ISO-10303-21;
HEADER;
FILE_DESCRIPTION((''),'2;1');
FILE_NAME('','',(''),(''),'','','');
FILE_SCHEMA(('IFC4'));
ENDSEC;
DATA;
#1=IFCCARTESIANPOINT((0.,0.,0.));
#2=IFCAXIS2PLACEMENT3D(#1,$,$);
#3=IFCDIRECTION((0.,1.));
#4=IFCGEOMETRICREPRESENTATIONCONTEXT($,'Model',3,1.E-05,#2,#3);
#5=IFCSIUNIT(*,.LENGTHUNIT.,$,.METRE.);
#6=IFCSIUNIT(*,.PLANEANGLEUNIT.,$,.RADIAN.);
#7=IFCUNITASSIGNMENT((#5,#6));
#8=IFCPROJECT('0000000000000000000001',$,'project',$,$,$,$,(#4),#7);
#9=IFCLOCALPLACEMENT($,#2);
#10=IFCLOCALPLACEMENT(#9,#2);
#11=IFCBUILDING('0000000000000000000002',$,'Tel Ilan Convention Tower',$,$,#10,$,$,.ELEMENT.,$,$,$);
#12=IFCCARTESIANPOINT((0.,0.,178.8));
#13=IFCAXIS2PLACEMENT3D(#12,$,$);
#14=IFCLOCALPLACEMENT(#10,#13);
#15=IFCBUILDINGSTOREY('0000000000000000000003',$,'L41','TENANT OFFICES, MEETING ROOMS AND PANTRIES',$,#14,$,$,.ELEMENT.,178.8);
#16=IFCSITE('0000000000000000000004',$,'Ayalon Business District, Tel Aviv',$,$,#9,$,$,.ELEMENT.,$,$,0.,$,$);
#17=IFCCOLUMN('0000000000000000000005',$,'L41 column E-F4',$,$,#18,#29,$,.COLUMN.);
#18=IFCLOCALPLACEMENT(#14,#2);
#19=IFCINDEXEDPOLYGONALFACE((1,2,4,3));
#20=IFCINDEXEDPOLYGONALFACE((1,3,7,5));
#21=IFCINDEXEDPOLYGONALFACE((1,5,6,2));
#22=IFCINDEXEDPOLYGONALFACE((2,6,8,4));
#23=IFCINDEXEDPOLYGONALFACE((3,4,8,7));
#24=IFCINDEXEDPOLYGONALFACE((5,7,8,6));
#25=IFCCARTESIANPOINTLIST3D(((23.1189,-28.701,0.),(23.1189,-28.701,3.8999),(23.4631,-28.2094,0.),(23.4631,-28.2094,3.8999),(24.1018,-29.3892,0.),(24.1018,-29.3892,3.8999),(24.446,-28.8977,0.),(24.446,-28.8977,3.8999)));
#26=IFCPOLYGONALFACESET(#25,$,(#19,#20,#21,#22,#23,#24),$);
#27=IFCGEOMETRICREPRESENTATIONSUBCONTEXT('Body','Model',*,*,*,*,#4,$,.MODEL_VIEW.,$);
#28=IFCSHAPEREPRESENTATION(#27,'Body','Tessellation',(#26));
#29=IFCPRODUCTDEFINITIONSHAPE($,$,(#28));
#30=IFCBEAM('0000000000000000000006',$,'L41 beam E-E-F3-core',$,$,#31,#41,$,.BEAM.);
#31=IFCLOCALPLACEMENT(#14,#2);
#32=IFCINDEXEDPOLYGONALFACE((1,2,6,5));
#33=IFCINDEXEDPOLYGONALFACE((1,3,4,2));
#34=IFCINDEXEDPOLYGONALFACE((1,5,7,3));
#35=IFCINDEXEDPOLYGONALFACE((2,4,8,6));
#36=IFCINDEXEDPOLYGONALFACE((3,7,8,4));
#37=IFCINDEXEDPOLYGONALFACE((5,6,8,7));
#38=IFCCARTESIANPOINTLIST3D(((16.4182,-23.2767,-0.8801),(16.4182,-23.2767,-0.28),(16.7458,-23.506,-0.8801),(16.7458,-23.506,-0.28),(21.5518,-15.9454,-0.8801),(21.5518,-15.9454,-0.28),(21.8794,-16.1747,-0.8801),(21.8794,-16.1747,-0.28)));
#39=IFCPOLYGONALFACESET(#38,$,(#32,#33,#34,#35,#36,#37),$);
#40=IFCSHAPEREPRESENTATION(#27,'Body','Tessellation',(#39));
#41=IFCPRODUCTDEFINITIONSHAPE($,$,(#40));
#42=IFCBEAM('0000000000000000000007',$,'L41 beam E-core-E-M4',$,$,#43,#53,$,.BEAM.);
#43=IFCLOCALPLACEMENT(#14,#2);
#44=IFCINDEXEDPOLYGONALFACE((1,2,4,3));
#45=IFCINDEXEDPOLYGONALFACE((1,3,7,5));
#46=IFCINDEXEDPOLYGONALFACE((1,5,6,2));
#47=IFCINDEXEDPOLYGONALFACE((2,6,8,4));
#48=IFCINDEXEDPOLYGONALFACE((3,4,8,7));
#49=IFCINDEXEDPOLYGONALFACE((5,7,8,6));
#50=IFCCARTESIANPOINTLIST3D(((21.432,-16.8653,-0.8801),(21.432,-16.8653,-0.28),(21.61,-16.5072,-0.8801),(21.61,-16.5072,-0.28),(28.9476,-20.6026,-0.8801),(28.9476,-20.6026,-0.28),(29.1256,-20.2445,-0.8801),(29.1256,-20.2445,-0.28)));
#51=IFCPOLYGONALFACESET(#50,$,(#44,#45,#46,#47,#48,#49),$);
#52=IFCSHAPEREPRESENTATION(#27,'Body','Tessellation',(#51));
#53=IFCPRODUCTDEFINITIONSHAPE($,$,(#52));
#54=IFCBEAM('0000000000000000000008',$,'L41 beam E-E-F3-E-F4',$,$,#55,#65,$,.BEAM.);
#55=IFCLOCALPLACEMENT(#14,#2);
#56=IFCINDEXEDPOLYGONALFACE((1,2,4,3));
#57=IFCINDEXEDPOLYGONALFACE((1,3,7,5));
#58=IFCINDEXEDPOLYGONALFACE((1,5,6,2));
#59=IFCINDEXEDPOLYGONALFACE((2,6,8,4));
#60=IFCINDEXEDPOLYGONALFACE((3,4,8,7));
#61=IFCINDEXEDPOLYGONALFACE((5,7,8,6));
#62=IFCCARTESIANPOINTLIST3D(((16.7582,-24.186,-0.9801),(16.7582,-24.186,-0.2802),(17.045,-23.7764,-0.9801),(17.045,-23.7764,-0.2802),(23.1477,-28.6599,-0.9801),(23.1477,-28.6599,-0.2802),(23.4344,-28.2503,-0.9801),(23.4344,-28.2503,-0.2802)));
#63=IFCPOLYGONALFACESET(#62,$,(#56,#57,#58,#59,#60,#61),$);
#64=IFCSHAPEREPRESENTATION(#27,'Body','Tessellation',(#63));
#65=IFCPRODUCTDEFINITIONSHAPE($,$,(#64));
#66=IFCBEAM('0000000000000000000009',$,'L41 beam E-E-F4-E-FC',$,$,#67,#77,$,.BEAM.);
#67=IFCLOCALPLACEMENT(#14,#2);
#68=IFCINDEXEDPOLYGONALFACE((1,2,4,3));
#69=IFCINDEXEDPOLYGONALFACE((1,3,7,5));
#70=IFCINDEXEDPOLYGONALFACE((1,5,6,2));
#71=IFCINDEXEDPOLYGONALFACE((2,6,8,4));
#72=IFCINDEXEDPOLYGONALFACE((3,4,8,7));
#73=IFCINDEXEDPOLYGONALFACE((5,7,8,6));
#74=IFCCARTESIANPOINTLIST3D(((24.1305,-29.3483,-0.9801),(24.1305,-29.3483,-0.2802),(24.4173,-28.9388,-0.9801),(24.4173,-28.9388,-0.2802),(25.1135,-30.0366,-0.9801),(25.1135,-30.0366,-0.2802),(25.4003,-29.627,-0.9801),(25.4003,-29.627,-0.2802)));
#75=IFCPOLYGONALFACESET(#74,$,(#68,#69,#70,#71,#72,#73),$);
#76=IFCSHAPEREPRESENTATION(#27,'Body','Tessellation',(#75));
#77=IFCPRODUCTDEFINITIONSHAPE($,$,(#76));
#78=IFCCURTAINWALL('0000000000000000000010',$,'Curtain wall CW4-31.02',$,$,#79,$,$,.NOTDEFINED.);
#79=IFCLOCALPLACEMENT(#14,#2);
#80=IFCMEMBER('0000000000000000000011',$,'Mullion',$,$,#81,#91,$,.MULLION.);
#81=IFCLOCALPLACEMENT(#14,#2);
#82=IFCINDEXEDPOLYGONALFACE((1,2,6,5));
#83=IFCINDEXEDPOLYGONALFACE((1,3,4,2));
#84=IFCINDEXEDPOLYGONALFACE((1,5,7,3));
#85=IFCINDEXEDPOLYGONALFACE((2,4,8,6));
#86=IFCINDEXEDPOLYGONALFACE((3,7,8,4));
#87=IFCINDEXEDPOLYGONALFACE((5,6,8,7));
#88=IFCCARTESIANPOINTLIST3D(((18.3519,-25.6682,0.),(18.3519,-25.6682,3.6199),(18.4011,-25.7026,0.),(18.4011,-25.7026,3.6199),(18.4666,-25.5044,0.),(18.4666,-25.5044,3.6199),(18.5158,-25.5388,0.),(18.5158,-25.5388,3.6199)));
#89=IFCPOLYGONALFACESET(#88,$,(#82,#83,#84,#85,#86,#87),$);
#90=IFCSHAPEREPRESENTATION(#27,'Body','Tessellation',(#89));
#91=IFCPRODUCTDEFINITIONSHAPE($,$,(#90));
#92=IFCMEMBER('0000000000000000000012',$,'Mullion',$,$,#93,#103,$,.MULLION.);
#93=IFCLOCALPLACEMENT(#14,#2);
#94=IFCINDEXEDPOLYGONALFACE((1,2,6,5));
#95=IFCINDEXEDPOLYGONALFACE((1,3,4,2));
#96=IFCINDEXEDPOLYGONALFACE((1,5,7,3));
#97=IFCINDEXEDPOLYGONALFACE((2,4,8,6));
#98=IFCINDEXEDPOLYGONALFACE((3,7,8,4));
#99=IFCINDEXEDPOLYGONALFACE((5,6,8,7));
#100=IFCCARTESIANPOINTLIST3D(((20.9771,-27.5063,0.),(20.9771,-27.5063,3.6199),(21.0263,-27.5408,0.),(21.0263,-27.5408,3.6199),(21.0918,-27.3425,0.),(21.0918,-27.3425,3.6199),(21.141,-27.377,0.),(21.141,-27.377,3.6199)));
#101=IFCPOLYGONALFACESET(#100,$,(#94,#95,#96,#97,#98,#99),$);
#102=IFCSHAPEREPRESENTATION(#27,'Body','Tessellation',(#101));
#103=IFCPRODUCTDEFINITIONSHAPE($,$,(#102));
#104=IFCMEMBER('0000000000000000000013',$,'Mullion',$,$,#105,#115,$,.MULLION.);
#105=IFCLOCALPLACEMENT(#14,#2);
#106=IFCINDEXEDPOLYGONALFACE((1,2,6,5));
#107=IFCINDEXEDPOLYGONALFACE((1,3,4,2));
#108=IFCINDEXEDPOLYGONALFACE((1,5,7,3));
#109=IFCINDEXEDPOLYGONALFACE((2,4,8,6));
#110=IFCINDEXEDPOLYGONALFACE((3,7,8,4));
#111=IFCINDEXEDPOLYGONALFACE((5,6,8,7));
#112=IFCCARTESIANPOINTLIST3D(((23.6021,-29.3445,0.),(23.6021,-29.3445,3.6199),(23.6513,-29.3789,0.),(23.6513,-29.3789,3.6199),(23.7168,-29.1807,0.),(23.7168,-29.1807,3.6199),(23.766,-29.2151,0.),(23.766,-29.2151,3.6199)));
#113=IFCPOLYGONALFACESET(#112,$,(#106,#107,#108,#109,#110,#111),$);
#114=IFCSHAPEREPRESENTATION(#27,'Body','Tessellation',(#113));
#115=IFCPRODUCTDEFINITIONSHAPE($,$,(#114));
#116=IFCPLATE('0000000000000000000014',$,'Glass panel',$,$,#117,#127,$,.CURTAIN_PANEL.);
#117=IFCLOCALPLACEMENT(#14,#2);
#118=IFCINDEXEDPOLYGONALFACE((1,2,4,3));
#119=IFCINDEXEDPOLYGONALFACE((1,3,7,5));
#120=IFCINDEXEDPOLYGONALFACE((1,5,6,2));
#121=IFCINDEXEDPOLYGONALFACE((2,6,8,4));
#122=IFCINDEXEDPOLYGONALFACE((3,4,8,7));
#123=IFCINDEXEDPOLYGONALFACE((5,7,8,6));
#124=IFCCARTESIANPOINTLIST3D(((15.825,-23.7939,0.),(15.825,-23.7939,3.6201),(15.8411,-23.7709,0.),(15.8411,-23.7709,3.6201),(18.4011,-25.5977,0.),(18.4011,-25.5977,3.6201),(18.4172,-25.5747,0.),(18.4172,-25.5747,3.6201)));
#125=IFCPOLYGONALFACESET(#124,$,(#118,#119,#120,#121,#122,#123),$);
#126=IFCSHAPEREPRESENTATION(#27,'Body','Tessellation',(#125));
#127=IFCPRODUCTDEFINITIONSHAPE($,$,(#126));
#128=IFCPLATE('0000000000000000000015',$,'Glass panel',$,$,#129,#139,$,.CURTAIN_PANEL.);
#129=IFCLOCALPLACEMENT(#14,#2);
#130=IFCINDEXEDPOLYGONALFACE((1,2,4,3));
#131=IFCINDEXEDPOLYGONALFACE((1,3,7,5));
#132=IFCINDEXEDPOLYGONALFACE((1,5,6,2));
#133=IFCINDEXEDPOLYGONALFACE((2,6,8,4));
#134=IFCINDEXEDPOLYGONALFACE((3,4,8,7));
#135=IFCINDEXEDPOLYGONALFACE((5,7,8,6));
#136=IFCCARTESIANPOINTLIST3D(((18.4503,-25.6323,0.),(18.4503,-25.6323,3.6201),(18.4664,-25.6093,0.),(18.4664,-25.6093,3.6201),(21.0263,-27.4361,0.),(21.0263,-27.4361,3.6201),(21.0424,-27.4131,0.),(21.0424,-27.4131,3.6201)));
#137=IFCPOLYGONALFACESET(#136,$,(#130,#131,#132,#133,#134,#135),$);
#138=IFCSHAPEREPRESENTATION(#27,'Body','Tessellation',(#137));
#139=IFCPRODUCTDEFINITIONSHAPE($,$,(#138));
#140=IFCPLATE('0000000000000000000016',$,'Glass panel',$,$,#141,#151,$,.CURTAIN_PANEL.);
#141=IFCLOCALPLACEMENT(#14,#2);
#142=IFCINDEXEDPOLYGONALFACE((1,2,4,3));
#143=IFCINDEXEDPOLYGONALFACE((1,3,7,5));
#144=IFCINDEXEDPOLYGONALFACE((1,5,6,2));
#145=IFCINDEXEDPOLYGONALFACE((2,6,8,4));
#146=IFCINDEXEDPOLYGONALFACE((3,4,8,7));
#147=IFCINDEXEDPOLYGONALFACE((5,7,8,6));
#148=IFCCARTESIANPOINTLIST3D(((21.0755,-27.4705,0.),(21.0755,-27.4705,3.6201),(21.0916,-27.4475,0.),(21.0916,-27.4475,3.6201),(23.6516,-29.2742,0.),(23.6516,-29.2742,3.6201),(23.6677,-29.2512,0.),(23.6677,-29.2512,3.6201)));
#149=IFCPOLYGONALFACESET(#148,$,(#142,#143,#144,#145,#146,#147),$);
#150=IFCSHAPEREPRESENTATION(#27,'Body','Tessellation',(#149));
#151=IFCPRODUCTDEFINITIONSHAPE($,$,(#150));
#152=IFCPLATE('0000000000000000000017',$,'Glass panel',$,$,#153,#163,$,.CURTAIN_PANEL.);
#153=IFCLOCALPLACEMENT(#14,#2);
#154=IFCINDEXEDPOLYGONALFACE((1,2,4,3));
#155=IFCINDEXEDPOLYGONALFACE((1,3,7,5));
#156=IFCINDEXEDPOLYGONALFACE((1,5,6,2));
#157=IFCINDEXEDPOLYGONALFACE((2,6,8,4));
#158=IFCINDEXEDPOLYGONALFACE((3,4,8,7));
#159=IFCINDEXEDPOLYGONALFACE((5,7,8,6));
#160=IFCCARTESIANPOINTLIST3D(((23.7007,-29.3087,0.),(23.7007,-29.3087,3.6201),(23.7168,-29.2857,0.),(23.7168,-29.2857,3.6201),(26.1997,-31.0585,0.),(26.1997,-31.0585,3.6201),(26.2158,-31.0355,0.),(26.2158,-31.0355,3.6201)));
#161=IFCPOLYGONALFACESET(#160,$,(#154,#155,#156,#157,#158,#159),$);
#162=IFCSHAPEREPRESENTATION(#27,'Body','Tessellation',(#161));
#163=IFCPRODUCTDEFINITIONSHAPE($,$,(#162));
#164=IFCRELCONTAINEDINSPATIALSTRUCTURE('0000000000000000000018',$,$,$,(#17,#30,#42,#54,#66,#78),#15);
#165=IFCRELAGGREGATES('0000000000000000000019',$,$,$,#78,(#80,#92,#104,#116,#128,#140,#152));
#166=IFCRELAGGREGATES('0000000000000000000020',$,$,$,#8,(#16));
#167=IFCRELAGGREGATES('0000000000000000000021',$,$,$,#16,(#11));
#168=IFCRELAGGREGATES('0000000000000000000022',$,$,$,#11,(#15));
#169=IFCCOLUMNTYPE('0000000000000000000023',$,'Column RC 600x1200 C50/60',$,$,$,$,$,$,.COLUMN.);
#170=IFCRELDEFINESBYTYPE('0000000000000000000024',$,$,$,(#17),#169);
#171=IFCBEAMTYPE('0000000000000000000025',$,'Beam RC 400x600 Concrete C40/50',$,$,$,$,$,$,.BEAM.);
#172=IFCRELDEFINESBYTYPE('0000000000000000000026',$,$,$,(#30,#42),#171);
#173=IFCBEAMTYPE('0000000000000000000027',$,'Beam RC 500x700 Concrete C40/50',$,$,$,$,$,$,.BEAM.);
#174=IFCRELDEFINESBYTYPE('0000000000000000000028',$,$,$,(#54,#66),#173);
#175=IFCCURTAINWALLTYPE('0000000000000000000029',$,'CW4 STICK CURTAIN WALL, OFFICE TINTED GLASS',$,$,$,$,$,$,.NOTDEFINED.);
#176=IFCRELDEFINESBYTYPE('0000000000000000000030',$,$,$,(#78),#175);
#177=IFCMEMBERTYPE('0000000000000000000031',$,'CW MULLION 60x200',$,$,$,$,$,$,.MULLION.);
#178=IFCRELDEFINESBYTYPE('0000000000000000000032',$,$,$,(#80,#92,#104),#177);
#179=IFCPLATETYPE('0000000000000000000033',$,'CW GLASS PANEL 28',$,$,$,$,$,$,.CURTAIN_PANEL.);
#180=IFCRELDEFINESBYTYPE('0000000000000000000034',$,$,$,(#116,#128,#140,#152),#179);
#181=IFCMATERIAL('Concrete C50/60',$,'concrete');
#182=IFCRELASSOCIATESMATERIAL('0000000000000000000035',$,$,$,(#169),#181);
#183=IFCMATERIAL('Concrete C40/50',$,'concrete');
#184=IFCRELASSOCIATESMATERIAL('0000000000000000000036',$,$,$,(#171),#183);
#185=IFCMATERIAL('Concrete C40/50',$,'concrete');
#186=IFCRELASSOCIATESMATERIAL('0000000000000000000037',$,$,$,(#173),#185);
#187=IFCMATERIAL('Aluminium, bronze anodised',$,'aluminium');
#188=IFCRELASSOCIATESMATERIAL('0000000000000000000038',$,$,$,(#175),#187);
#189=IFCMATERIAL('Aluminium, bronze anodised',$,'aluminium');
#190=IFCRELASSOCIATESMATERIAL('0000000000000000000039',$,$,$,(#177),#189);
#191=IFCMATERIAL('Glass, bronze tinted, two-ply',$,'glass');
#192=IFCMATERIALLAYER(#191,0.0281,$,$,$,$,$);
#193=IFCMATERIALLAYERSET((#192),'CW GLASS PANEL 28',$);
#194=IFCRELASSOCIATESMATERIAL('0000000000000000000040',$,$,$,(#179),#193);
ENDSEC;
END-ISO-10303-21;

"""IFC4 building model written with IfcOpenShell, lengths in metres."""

from ifc_helpers import new_model, si_unit, direction, frame, origin, origin_2d, place, context, subcontext, project, spatial, rectangle, extrude, material, layer, layer_set, material_profile, profile_set, type_object, element, aggregate, save


model = new_model("IFC4")

# Units and contexts
model_context = context("Model", 3, precision=1e-05, world=origin(), true_north=direction((0.0, 1.0)))
body_context = subcontext(model_context, "Body", "Model", "MODEL_VIEW")
ifc_project = project(units=[si_unit("LENGTHUNIT", "METRE"), si_unit("PLANEANGLEUNIT", "RADIAN")], contexts=[model_context])

# Site, building, storey
site_placement = place(None, origin())
site = spatial("IfcSite", under=ifc_project, at=site_placement, Name="Ayalon Business District, Tel Aviv", CompositionType="ELEMENT", RefElevation=0.0)
building_placement = place(site_placement, origin())
building = spatial("IfcBuilding", under=site, at=building_placement, Name="Tel Ilan Convention Tower", CompositionType="ELEMENT")
storey_placement = place(building_placement, frame((0.0, 0.0, 178.8)))
storey = spatial("IfcBuildingStorey", under=building, at=storey_placement, Name="L41", Description="TENANT OFFICES, MEETING ROOMS AND PANTRIES", CompositionType="ELEMENT", Elevation=178.8)

# Column
ifc_material_1 = material(Name="Concrete C50/60", Category="concrete")
ifc_material_profile_1 = material_profile(ifc_material_1, rectangle(XDim=1.2, YDim=0.6001, at=origin_2d()), Name="RC 600x1200")
ifc_profile_set_1 = profile_set([ifc_material_profile_1], Name="Concrete C50/60")
column_type = type_object("IfcColumnType", Name="Column RC 600x1200 C50/60", PredefinedType="COLUMN", material=ifc_profile_set_1)
column_placement = place(storey_placement, frame((23.7825, -28.7993, 0.0), z_axis=(0.0, 0.0, 1.0), x_axis=(0.819152, -0.573576, 0.0)))
element("IfcColumn", 1, at=column_placement, inside=storey, type_object=column_type, Name="L41 column E-F4", PredefinedType="COLUMN", context=body_context, shape_type="SweptSolid", body=[
    extrude(rectangle(XDim=1.2, YDim=0.6001, at=origin_2d()), origin(), (0.0, 0.0, 1.0), 3.8999),
])

# Beams
ifc_material_2 = material(Name="Concrete C40/50", Category="concrete")
ifc_material_profile_2 = material_profile(ifc_material_2, rectangle(XDim=0.3999, YDim=0.6001, at=origin_2d()), Name="RC 400x600")
ifc_profile_set_2 = profile_set([ifc_material_profile_2], Name="Concrete C40/50")
beam_type_1 = type_object("IfcBeamType", Name="Beam RC 400x600 Concrete C40/50", PredefinedType="BEAM", material=ifc_profile_set_2)
beam_1_placement = place(storey_placement, frame((16.582, -23.3914, -0.5801), z_axis=(0.573585, 0.819146, 0.0), x_axis=(-0.819146, 0.573585, 0.0)))
element("IfcBeam", 2, at=beam_1_placement, inside=storey, type_object=beam_type_1, Name="L41 beam E-E-F3-core", PredefinedType="BEAM", context=body_context, shape_type="SweptSolid", body=[
    extrude(rectangle(XDim=0.3999, YDim=0.6001, at=origin_2d()), origin(), (0.0, 0.0, 1.0), 8.95),
])
beam_2_placement = place(storey_placement, frame((21.521, -16.6863, -0.5801), z_axis=(0.895402, -0.445258, 0.0), x_axis=(0.445258, 0.895402, 0.0)))
element("IfcBeam", 3, at=beam_2_placement, inside=storey, type_object=beam_type_1, Name="L41 beam E-core-E-M4", PredefinedType="BEAM", context=body_context, shape_type="SweptSolid", body=[
    extrude(rectangle(XDim=0.3999, YDim=0.6001, at=origin_2d()), origin(), (0.0, 0.0, 1.0), 8.3936),
])
ifc_material_3 = material(Name="Concrete C40/50", Category="concrete")
ifc_material_profile_3 = material_profile(ifc_material_3, rectangle(XDim=0.5, YDim=0.7, at=origin_2d()), Name="RC 500x700")
ifc_profile_set_3 = profile_set([ifc_material_profile_3], Name="Concrete C40/50")
beam_type_2 = type_object("IfcBeamType", Name="Beam RC 500x700 Concrete C40/50", PredefinedType="BEAM", material=ifc_profile_set_3)
beam_3_placement = place(storey_placement, frame((16.9016, -23.9812, -0.6301), z_axis=(0.819154, -0.573574, 0.0), x_axis=(0.573574, 0.819154, 0.0)))
element("IfcBeam", 4, at=beam_3_placement, inside=storey, type_object=beam_type_2, Name="L41 beam E-E-F3-E-F4", PredefinedType="BEAM", context=body_context, shape_type="SweptSolid", body=[
    extrude(rectangle(XDim=0.5, YDim=0.7, at=origin_2d()), origin(), (0.0, 0.0, 1.0), 7.8),
])
beam_4_placement = place(storey_placement, frame((24.2739, -29.1436, -0.6301), z_axis=(0.819155, -0.573572, 0.0), x_axis=(0.573572, 0.819155, 0.0)))
element("IfcBeam", 5, at=beam_4_placement, inside=storey, type_object=beam_type_2, Name="L41 beam E-E-F4-E-FC", PredefinedType="BEAM", context=body_context, shape_type="SweptSolid", body=[
    extrude(rectangle(XDim=0.5, YDim=0.7, at=origin_2d()), origin(), (0.0, 0.0, 1.0), 1.2),
])

# Curtain wall, members, plates
ifc_material_4 = material(Name="Aluminium, bronze anodised", Category="aluminium")
curtain_wall_type = type_object("IfcCurtainWallType", Name="CW4 STICK CURTAIN WALL, OFFICE TINTED GLASS", PredefinedType="NOTDEFINED", material=ifc_material_4)
curtain_wall_placement = place(storey_placement, origin())
curtain_wall = element("IfcCurtainWall", 6, at=curtain_wall_placement, inside=storey, type_object=curtain_wall_type, Name="Curtain wall CW4-31.02", PredefinedType="NOTDEFINED")
ifc_material_5 = material(Name="Aluminium, bronze anodised", Category="aluminium")
ifc_material_profile_4 = material_profile(ifc_material_5, rectangle(XDim=0.0601, YDim=0.2, at=origin_2d()), Name="CW MULLION 60x200")
ifc_profile_set_4 = profile_set([ifc_material_profile_4], Name="Aluminium, bronze anodised")
member_type = type_object("IfcMemberType", Name="CW MULLION 60x200", PredefinedType="MULLION", material=ifc_profile_set_4)
member_1_placement = place(storey_placement, frame((18.4338, -25.6035, 0.0), z_axis=(0.0, 0.0, 1.0), x_axis=(0.819152, -0.573576, 0.0)))
member_1 = element("IfcMember", 7, at=member_1_placement, type_object=member_type, Name="Mullion", PredefinedType="MULLION", context=body_context, shape_type="SweptSolid", body=[
    extrude(rectangle(XDim=0.0601, YDim=0.2, at=origin_2d()), origin(), (0.0, 0.0, 1.0), 3.6199),
])
member_2_placement = place(storey_placement, frame((21.0591, -27.4417, 0.0), z_axis=(0.0, 0.0, 1.0), x_axis=(0.819152, -0.573576, 0.0)))
member_2 = element("IfcMember", 8, at=member_2_placement, type_object=member_type, Name="Mullion", PredefinedType="MULLION", context=body_context, shape_type="SweptSolid", body=[
    extrude(rectangle(XDim=0.0601, YDim=0.2, at=origin_2d()), origin(), (0.0, 0.0, 1.0), 3.6199),
])
member_3_placement = place(storey_placement, frame((23.6841, -29.2798, 0.0), z_axis=(0.0, 0.0, 1.0), x_axis=(0.819152, -0.573576, 0.0)))
member_3 = element("IfcMember", 9, at=member_3_placement, type_object=member_type, Name="Mullion", PredefinedType="MULLION", context=body_context, shape_type="SweptSolid", body=[
    extrude(rectangle(XDim=0.0601, YDim=0.2, at=origin_2d()), origin(), (0.0, 0.0, 1.0), 3.6199),
])
ifc_material_6 = material(Name="Glass, bronze tinted, two-ply", Category="glass")
ifc_layer_1 = layer(ifc_material_6, 0.0281)
ifc_layer_set_1 = layer_set([ifc_layer_1], Name="CW GLASS PANEL 28")
plate_type = type_object("IfcPlateType", Name="CW GLASS PANEL 28", PredefinedType="CURTAIN_PANEL", material=ifc_layer_set_1)
plate_1_placement = place(storey_placement, frame((17.1211, -24.6843, 0.0), z_axis=(0.0, 0.0, 1.0), x_axis=(0.819152, -0.573576, 0.0)))
plate_1 = element("IfcPlate", 10, at=plate_1_placement, type_object=plate_type, Name="Glass panel", PredefinedType="CURTAIN_PANEL", context=body_context, shape_type="SweptSolid", body=[
    extrude(rectangle(XDim=3.1448, YDim=0.0281, at=origin_2d()), origin(), (0.0, 0.0, 1.0), 3.6201),
])
plate_2_placement = place(storey_placement, frame((19.7463, -26.5227, 0.0), z_axis=(0.0, 0.0, 1.0), x_axis=(0.819152, -0.573576, 0.0)))
plate_2 = element("IfcPlate", 11, at=plate_2_placement, type_object=plate_type, Name="Glass panel", PredefinedType="CURTAIN_PANEL", context=body_context, shape_type="SweptSolid", body=[
    extrude(rectangle(XDim=3.1448, YDim=0.0281, at=origin_2d()), origin(), (0.0, 0.0, 1.0), 3.6201),
])
plate_3_placement = place(storey_placement, frame((22.3716, -28.3608, 0.0), z_axis=(0.0, 0.0, 1.0), x_axis=(0.819152, -0.573576, 0.0)))
plate_3 = element("IfcPlate", 12, at=plate_3_placement, type_object=plate_type, Name="Glass panel", PredefinedType="CURTAIN_PANEL", context=body_context, shape_type="SweptSolid", body=[
    extrude(rectangle(XDim=3.1448, YDim=0.0281, at=origin_2d()), origin(), (0.0, 0.0, 1.0), 3.6201),
])
plate_4_placement = place(storey_placement, frame((24.9583, -30.1721, 0.0), z_axis=(0.0, 0.0, 1.0), x_axis=(0.819152, -0.573576, 0.0)))
plate_4 = element("IfcPlate", 13, at=plate_4_placement, type_object=plate_type, Name="Glass panel", PredefinedType="CURTAIN_PANEL", context=body_context, shape_type="SweptSolid", body=[
    extrude(rectangle(XDim=3.0508, YDim=0.0281, at=origin_2d()), origin(), (0.0, 0.0, 1.0), 3.6201),
])
aggregate(curtain_wall, [member_1, member_2, member_3, plate_1, plate_2, plate_3, plate_4])

save(model, "model.ifc")
